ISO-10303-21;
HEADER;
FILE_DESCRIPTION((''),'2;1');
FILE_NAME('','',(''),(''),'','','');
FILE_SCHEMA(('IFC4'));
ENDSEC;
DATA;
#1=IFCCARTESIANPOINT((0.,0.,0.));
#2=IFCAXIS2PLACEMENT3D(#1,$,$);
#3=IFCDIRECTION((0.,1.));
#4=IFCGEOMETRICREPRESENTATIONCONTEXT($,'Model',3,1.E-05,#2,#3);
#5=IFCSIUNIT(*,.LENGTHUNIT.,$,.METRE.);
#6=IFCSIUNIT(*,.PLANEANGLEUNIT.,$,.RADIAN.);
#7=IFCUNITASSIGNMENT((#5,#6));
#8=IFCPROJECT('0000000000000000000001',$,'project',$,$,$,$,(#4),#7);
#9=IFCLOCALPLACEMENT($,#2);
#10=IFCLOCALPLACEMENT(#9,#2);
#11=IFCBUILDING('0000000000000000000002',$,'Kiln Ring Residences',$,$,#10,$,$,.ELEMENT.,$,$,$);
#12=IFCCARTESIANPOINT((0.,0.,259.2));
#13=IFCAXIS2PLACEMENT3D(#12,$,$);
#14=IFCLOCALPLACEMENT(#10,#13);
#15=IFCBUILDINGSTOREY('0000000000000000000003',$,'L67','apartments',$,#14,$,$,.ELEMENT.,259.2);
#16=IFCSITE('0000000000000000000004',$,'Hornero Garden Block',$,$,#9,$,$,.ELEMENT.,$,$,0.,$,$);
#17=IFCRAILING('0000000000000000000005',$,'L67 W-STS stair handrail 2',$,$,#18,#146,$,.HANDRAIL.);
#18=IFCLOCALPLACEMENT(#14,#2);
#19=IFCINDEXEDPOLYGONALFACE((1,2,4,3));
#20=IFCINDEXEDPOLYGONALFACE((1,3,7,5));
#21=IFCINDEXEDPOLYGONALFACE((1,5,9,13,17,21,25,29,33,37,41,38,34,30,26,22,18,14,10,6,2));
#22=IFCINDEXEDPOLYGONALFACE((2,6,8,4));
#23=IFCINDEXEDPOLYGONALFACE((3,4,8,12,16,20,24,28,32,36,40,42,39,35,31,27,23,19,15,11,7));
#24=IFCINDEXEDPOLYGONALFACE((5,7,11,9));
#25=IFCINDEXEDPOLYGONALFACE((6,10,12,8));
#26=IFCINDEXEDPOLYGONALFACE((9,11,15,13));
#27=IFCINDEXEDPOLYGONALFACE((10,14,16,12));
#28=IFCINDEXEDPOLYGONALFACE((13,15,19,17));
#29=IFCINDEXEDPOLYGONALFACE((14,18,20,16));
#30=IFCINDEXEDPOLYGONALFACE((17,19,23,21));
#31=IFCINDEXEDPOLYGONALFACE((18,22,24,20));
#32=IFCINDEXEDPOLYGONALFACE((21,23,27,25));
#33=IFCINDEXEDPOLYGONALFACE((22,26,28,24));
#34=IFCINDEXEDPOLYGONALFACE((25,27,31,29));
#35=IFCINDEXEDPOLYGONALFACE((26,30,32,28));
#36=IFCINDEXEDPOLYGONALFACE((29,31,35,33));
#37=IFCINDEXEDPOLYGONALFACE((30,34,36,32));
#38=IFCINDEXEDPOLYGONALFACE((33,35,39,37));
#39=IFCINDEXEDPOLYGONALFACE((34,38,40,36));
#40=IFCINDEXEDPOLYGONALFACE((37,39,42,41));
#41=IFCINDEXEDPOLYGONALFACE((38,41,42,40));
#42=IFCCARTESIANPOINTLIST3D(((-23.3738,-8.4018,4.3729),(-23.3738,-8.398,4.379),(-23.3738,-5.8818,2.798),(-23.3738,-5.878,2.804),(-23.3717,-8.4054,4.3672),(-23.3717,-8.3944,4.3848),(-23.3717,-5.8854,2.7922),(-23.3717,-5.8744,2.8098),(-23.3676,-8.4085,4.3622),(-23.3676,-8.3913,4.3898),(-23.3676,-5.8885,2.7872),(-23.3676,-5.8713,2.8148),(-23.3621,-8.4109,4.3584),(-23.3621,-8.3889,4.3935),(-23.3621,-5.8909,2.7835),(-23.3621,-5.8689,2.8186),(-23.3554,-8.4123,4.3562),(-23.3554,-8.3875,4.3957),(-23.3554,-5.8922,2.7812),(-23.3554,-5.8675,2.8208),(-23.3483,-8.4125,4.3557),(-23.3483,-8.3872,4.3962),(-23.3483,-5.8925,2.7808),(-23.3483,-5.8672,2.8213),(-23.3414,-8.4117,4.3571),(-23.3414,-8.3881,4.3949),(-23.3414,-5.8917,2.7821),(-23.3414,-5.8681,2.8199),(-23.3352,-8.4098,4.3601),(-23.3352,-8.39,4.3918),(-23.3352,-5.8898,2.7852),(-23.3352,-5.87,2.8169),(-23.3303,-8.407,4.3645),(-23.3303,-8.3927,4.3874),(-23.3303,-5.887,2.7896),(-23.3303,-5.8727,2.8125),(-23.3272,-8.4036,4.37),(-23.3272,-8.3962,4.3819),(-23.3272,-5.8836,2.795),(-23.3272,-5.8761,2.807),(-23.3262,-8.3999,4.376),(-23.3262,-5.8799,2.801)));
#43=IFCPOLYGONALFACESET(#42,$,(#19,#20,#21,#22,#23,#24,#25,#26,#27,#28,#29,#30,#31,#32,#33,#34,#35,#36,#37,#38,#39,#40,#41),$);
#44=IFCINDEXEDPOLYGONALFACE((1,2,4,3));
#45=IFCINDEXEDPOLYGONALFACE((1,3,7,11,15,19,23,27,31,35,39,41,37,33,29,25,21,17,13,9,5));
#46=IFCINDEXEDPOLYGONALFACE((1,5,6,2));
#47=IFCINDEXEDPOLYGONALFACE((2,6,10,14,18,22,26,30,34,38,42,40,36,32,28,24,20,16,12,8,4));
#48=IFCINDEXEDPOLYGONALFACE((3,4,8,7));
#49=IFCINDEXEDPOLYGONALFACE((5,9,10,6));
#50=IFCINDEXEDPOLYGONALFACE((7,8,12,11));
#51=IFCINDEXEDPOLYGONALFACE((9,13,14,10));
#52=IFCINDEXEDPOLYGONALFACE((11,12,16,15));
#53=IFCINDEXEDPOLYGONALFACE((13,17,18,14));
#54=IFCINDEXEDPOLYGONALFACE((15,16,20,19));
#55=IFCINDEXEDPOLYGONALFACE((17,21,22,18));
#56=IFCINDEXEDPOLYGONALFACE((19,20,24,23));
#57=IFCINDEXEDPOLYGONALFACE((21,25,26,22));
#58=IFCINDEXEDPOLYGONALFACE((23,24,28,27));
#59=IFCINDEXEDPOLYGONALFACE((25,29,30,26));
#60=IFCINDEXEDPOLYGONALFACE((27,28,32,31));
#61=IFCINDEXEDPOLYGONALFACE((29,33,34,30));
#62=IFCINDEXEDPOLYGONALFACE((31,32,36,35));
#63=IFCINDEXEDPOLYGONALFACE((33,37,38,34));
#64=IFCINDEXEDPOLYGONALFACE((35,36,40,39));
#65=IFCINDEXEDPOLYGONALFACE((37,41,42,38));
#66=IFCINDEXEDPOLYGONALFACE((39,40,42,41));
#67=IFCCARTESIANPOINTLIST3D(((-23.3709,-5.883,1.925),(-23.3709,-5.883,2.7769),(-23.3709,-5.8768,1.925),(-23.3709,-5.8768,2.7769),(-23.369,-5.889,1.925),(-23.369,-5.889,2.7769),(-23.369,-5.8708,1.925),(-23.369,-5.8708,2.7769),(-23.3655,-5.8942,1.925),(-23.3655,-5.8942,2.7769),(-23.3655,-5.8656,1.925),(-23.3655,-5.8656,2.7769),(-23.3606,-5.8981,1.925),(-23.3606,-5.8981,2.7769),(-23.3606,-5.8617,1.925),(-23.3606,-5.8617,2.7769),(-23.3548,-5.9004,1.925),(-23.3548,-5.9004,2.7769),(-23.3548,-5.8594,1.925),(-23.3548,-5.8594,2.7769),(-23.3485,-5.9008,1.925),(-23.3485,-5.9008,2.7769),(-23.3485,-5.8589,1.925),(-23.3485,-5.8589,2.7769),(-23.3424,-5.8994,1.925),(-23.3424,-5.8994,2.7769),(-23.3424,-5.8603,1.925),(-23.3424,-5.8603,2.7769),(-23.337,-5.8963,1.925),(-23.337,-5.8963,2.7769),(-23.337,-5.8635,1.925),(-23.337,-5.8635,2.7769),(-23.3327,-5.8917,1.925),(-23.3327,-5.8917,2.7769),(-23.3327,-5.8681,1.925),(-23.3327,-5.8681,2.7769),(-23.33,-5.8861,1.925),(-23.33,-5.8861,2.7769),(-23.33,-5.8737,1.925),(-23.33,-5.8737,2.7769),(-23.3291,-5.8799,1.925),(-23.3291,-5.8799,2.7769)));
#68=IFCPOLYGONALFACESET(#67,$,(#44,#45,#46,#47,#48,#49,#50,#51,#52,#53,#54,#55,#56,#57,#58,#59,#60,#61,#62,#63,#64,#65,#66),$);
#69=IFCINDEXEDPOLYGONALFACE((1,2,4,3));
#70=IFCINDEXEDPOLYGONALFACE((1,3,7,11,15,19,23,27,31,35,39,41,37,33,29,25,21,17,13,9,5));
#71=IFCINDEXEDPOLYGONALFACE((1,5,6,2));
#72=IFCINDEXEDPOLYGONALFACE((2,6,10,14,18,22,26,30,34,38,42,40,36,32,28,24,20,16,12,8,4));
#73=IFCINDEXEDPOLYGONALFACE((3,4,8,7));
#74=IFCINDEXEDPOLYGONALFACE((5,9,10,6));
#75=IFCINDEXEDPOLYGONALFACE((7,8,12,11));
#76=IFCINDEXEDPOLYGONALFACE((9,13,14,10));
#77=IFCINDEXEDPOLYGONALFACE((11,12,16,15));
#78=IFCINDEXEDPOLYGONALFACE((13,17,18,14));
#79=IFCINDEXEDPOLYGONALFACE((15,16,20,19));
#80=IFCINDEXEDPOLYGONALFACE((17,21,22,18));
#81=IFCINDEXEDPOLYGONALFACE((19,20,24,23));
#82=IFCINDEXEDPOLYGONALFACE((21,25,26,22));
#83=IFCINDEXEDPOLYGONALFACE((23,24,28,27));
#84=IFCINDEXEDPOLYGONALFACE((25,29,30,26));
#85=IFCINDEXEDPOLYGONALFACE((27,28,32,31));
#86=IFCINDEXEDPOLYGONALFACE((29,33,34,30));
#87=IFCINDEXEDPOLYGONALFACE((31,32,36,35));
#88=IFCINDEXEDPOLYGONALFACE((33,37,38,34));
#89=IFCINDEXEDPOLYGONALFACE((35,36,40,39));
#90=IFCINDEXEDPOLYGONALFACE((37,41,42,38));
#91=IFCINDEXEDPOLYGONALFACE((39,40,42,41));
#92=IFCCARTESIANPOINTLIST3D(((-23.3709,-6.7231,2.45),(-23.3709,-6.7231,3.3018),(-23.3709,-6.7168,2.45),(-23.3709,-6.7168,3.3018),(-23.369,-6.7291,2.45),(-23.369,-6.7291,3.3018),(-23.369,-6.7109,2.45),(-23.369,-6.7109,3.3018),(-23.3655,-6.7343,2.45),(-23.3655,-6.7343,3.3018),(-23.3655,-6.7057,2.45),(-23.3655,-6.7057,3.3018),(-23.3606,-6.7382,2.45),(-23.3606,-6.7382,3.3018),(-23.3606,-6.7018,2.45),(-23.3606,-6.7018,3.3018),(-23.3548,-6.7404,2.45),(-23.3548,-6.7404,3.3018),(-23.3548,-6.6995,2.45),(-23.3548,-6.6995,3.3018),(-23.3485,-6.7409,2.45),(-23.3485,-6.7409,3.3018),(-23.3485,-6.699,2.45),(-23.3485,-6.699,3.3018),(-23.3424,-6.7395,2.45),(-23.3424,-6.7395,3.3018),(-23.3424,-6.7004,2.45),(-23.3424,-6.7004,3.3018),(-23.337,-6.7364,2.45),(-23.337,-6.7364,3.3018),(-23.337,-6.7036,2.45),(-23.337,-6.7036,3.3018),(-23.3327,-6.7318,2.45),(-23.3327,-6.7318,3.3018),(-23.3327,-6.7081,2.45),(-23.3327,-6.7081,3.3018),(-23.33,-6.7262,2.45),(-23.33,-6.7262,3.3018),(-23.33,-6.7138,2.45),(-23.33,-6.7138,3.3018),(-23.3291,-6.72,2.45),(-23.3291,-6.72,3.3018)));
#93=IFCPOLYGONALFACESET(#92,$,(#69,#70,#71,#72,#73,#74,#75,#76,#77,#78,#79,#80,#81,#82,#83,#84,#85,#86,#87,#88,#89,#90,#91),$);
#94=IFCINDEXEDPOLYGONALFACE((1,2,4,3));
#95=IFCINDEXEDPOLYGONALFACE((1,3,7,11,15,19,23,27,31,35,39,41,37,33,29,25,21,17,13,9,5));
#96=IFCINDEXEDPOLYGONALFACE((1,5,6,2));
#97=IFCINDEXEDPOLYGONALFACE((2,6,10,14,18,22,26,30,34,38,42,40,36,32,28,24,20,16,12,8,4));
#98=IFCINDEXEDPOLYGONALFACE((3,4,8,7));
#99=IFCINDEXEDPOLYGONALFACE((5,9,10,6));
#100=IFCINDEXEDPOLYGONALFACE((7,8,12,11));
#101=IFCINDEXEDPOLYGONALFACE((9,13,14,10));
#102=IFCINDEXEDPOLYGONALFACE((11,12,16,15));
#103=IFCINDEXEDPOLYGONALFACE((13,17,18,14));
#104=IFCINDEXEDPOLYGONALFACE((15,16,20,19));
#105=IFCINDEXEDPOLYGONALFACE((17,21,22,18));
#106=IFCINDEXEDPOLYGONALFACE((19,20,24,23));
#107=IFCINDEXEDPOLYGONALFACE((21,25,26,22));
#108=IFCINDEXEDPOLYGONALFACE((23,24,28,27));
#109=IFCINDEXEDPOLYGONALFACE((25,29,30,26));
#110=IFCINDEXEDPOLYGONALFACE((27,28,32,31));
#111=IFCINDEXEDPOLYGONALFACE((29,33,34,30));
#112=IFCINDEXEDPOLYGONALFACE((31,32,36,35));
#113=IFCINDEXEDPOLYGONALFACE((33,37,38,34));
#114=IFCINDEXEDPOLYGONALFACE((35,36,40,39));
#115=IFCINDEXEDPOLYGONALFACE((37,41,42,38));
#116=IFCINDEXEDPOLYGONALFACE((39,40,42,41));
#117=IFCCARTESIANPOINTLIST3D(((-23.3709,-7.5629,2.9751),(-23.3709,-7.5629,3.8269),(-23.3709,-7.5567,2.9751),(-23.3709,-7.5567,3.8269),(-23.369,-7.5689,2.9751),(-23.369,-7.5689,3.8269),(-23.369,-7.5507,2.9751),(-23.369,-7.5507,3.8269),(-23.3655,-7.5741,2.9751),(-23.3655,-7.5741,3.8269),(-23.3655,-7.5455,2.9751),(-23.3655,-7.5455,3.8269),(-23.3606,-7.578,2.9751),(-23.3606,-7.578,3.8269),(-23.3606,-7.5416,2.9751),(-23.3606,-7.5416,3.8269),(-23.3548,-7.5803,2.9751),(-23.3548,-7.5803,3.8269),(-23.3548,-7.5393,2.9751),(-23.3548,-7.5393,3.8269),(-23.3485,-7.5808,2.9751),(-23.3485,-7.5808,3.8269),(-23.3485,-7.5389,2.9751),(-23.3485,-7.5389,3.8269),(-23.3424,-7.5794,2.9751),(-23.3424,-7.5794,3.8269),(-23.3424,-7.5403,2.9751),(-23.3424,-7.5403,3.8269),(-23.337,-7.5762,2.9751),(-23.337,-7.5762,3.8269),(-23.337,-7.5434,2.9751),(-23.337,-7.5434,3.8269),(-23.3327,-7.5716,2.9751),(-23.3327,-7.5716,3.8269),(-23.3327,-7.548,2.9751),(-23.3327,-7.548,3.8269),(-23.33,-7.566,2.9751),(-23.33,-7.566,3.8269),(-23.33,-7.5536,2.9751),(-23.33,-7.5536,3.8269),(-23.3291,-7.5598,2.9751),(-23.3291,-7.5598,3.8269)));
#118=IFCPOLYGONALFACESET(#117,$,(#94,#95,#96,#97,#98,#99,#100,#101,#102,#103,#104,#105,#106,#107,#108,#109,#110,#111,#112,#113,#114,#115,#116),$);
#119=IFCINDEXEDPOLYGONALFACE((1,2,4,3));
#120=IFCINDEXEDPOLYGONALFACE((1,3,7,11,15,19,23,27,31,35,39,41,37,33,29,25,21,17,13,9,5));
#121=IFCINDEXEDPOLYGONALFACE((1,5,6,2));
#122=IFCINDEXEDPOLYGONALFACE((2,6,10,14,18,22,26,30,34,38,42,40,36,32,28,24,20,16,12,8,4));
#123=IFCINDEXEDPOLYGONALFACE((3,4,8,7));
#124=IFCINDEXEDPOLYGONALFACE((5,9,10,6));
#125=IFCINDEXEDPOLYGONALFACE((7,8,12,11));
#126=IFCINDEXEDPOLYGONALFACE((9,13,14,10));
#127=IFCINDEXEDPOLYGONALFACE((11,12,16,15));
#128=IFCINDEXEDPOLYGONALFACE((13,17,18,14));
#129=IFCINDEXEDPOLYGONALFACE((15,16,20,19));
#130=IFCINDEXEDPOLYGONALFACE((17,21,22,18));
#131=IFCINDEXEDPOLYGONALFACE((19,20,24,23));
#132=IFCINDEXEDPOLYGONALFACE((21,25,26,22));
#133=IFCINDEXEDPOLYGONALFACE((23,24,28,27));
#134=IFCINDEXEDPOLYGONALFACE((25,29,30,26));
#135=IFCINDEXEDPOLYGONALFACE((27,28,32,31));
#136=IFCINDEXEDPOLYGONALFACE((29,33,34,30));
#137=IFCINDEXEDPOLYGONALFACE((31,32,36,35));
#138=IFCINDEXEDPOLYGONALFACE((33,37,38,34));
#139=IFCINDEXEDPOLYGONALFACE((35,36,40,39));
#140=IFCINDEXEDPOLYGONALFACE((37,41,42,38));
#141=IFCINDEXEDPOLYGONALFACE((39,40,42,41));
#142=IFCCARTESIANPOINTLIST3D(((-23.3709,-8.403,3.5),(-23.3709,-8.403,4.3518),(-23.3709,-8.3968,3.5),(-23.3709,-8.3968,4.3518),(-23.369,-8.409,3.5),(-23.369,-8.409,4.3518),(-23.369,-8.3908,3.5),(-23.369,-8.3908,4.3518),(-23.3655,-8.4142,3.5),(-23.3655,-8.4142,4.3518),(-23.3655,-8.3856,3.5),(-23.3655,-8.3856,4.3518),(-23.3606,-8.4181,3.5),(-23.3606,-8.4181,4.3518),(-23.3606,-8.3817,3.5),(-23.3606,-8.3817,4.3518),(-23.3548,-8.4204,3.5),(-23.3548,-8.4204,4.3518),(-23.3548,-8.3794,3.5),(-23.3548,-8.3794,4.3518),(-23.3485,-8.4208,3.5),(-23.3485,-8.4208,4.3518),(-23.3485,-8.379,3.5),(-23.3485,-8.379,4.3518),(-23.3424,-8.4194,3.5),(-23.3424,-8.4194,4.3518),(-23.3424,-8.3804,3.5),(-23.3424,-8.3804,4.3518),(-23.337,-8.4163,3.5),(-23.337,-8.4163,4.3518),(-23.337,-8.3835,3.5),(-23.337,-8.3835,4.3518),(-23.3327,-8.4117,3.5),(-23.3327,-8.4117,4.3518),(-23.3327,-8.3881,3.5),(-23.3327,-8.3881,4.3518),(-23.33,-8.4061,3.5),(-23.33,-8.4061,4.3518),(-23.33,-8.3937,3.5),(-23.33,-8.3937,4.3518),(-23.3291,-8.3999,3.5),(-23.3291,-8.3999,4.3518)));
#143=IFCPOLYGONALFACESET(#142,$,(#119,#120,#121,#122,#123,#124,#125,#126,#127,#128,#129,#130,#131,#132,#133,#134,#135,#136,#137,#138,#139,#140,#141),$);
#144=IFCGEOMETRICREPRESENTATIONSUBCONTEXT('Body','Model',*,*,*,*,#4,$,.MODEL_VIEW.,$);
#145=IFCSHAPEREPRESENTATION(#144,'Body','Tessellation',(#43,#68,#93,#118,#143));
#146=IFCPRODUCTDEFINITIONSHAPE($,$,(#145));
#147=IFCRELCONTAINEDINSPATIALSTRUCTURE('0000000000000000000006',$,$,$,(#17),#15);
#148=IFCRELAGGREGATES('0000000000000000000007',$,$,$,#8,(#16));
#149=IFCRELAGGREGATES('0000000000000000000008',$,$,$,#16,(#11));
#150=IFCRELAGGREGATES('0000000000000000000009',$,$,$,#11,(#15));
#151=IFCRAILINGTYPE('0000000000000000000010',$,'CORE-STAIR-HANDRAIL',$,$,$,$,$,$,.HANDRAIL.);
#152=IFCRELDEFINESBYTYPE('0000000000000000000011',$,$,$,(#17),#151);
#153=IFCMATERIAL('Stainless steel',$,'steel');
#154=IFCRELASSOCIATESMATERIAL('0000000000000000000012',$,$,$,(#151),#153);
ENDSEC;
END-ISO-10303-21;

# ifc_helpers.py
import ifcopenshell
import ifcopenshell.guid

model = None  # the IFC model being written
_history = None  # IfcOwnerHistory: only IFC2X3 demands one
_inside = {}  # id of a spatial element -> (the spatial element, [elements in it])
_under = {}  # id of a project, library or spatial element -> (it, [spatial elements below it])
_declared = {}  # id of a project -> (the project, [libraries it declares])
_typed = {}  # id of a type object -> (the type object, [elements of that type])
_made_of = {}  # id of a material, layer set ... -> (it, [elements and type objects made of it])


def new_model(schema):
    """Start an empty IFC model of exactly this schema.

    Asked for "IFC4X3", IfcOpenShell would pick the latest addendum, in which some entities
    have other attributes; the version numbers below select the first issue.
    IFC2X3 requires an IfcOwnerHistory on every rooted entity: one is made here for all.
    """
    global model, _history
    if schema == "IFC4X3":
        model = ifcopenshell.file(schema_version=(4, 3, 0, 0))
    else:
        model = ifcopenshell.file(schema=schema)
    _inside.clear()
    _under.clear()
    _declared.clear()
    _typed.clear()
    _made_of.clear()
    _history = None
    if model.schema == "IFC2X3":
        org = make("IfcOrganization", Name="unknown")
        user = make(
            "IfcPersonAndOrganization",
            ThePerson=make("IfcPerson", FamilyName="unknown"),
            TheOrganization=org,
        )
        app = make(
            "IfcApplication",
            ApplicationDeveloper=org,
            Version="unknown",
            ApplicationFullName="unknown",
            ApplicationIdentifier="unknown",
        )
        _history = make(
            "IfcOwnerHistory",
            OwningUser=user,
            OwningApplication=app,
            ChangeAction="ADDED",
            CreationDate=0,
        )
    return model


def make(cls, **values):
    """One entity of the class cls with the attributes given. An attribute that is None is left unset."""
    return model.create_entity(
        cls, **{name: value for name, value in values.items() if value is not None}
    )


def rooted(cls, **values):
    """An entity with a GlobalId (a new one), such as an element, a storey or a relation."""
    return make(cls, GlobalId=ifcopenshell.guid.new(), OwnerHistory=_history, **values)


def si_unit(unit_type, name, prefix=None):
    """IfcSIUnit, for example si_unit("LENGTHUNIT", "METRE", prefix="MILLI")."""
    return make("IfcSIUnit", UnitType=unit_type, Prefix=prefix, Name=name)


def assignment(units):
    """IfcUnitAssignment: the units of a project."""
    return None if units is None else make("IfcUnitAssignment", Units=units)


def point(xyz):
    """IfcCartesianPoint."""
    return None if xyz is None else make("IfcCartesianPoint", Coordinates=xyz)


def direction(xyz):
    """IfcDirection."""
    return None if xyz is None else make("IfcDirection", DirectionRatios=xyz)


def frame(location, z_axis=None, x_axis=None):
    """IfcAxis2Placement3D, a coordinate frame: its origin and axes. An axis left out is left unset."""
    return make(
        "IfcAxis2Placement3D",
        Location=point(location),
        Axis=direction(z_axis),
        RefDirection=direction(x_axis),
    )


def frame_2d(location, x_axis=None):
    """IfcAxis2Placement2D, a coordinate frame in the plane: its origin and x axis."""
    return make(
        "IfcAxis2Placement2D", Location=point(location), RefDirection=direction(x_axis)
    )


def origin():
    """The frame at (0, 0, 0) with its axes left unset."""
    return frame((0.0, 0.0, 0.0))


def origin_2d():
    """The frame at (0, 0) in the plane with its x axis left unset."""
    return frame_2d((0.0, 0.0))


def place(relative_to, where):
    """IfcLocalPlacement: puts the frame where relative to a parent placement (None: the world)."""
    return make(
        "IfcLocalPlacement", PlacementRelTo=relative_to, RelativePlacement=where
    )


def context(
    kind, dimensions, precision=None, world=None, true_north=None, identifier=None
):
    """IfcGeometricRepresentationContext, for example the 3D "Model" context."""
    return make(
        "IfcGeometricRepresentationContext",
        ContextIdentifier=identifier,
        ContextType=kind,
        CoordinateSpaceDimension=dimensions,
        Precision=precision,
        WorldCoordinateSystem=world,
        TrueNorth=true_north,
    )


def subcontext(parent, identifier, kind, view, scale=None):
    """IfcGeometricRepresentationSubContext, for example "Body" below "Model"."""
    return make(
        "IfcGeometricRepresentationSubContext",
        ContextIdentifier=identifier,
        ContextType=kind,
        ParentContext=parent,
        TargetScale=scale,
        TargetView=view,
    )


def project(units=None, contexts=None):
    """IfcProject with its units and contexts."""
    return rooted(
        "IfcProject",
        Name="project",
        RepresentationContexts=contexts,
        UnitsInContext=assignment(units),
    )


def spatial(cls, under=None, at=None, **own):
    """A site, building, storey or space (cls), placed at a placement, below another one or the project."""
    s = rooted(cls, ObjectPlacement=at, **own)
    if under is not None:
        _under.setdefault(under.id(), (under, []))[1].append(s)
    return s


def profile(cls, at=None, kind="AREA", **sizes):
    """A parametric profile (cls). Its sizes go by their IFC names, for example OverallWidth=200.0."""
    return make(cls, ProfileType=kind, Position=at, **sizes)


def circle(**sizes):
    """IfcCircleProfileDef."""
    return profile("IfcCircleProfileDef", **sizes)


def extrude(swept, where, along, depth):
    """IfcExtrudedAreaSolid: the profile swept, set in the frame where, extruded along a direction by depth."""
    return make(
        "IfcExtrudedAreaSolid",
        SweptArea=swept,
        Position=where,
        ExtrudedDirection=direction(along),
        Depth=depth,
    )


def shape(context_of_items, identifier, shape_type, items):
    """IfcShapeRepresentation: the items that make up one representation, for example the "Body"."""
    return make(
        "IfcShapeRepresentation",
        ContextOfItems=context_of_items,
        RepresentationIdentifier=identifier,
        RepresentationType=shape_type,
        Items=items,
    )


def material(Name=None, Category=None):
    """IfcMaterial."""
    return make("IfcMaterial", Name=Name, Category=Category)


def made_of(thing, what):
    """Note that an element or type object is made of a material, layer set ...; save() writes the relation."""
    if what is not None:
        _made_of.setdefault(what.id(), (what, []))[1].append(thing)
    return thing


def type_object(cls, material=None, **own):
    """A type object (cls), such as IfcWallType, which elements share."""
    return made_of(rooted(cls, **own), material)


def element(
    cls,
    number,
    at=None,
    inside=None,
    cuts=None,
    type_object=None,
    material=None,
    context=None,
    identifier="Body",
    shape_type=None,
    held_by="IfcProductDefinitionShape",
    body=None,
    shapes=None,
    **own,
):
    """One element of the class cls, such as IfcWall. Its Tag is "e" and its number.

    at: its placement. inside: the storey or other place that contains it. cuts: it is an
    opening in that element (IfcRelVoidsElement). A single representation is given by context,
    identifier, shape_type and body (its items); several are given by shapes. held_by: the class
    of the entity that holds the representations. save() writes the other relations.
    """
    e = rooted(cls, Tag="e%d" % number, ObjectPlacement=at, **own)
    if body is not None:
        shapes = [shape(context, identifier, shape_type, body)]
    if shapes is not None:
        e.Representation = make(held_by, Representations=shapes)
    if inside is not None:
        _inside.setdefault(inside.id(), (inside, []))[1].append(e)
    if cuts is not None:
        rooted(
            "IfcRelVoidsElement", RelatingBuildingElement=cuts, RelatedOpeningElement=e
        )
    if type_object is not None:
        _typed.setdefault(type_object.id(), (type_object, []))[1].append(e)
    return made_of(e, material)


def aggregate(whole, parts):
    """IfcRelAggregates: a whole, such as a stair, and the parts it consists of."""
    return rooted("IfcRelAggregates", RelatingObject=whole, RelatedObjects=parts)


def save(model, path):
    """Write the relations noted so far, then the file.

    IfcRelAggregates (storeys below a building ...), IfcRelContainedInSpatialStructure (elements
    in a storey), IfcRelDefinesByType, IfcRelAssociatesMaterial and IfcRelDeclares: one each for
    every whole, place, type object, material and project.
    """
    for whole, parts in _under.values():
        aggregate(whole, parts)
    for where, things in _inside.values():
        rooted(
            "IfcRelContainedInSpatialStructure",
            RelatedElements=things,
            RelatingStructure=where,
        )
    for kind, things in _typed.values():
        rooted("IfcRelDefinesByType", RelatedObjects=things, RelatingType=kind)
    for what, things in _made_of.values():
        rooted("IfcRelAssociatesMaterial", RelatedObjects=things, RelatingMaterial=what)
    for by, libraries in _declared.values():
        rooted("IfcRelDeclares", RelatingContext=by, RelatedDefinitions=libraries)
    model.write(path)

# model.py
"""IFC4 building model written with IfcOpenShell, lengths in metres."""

from ifc_helpers import new_model, si_unit, direction, frame, origin, origin_2d, place, context, subcontext, project, spatial, circle, extrude, material, type_object, element, save


model = new_model("IFC4")

# Units and contexts
model_context = context("Model", 3, precision=1e-05, world=origin(), true_north=direction((0.0, 1.0)))
body_context = subcontext(model_context, "Body", "Model", "MODEL_VIEW")
ifc_project = project(units=[si_unit("LENGTHUNIT", "METRE"), si_unit("PLANEANGLEUNIT", "RADIAN")], contexts=[model_context])

# Site, building, storey
site_placement = place(None, origin())
site = spatial("IfcSite", under=ifc_project, at=site_placement, Name="Hornero Garden Block", CompositionType="ELEMENT", RefElevation=0.0)
building_placement = place(site_placement, origin())
building = spatial("IfcBuilding", under=site, at=building_placement, Name="Kiln Ring Residences", CompositionType="ELEMENT")
storey_placement = place(building_placement, frame((0.0, 0.0, 259.2)))
storey = spatial("IfcBuildingStorey", under=building, at=storey_placement, Name="L67", Description="apartments", CompositionType="ELEMENT", Elevation=259.2)

# Railing
ifc_material_1 = material(Name="Stainless steel", Category="steel")
railing_type_1 = type_object("IfcRailingType", Name="CORE-STAIR-HANDRAIL", PredefinedType="HANDRAIL", material=ifc_material_1)
railing_1_placement = place(storey_placement, frame((-23.3501, -5.8799, 1.925)))
element("IfcRailing", 1, at=railing_1_placement, inside=storey, type_object=railing_type_1, Name="L67 W-STS stair handrail 2", PredefinedType="HANDRAIL", context=body_context, shape_type="SweptSolid", body=[
    extrude(circle(Radius=0.0239, at=origin_2d()), frame((0.0, 0.0, 0.876), z_axis=(0.0, -0.848008, 0.529984), x_axis=(1.0, 0.0, 0.0)), (0.0, 0.0, 1.0), 2.9717),
    extrude(circle(Radius=0.021, at=origin_2d()), origin(), (0.0, 0.0, 1.0), 0.8518),
    extrude(circle(Radius=0.021, at=origin_2d()), frame((0.0, -0.8401, 0.5249)), (0.0, 0.0, 1.0), 0.8518),
    extrude(circle(Radius=0.021, at=origin_2d()), frame((0.0, -1.6799, 1.05)), (0.0, 0.0, 1.0), 0.8518),
    extrude(circle(Radius=0.021, at=origin_2d()), frame((0.0, -2.52, 1.575)), (0.0, 0.0, 1.0), 0.8518),
])

save(model, "model.ifc")
